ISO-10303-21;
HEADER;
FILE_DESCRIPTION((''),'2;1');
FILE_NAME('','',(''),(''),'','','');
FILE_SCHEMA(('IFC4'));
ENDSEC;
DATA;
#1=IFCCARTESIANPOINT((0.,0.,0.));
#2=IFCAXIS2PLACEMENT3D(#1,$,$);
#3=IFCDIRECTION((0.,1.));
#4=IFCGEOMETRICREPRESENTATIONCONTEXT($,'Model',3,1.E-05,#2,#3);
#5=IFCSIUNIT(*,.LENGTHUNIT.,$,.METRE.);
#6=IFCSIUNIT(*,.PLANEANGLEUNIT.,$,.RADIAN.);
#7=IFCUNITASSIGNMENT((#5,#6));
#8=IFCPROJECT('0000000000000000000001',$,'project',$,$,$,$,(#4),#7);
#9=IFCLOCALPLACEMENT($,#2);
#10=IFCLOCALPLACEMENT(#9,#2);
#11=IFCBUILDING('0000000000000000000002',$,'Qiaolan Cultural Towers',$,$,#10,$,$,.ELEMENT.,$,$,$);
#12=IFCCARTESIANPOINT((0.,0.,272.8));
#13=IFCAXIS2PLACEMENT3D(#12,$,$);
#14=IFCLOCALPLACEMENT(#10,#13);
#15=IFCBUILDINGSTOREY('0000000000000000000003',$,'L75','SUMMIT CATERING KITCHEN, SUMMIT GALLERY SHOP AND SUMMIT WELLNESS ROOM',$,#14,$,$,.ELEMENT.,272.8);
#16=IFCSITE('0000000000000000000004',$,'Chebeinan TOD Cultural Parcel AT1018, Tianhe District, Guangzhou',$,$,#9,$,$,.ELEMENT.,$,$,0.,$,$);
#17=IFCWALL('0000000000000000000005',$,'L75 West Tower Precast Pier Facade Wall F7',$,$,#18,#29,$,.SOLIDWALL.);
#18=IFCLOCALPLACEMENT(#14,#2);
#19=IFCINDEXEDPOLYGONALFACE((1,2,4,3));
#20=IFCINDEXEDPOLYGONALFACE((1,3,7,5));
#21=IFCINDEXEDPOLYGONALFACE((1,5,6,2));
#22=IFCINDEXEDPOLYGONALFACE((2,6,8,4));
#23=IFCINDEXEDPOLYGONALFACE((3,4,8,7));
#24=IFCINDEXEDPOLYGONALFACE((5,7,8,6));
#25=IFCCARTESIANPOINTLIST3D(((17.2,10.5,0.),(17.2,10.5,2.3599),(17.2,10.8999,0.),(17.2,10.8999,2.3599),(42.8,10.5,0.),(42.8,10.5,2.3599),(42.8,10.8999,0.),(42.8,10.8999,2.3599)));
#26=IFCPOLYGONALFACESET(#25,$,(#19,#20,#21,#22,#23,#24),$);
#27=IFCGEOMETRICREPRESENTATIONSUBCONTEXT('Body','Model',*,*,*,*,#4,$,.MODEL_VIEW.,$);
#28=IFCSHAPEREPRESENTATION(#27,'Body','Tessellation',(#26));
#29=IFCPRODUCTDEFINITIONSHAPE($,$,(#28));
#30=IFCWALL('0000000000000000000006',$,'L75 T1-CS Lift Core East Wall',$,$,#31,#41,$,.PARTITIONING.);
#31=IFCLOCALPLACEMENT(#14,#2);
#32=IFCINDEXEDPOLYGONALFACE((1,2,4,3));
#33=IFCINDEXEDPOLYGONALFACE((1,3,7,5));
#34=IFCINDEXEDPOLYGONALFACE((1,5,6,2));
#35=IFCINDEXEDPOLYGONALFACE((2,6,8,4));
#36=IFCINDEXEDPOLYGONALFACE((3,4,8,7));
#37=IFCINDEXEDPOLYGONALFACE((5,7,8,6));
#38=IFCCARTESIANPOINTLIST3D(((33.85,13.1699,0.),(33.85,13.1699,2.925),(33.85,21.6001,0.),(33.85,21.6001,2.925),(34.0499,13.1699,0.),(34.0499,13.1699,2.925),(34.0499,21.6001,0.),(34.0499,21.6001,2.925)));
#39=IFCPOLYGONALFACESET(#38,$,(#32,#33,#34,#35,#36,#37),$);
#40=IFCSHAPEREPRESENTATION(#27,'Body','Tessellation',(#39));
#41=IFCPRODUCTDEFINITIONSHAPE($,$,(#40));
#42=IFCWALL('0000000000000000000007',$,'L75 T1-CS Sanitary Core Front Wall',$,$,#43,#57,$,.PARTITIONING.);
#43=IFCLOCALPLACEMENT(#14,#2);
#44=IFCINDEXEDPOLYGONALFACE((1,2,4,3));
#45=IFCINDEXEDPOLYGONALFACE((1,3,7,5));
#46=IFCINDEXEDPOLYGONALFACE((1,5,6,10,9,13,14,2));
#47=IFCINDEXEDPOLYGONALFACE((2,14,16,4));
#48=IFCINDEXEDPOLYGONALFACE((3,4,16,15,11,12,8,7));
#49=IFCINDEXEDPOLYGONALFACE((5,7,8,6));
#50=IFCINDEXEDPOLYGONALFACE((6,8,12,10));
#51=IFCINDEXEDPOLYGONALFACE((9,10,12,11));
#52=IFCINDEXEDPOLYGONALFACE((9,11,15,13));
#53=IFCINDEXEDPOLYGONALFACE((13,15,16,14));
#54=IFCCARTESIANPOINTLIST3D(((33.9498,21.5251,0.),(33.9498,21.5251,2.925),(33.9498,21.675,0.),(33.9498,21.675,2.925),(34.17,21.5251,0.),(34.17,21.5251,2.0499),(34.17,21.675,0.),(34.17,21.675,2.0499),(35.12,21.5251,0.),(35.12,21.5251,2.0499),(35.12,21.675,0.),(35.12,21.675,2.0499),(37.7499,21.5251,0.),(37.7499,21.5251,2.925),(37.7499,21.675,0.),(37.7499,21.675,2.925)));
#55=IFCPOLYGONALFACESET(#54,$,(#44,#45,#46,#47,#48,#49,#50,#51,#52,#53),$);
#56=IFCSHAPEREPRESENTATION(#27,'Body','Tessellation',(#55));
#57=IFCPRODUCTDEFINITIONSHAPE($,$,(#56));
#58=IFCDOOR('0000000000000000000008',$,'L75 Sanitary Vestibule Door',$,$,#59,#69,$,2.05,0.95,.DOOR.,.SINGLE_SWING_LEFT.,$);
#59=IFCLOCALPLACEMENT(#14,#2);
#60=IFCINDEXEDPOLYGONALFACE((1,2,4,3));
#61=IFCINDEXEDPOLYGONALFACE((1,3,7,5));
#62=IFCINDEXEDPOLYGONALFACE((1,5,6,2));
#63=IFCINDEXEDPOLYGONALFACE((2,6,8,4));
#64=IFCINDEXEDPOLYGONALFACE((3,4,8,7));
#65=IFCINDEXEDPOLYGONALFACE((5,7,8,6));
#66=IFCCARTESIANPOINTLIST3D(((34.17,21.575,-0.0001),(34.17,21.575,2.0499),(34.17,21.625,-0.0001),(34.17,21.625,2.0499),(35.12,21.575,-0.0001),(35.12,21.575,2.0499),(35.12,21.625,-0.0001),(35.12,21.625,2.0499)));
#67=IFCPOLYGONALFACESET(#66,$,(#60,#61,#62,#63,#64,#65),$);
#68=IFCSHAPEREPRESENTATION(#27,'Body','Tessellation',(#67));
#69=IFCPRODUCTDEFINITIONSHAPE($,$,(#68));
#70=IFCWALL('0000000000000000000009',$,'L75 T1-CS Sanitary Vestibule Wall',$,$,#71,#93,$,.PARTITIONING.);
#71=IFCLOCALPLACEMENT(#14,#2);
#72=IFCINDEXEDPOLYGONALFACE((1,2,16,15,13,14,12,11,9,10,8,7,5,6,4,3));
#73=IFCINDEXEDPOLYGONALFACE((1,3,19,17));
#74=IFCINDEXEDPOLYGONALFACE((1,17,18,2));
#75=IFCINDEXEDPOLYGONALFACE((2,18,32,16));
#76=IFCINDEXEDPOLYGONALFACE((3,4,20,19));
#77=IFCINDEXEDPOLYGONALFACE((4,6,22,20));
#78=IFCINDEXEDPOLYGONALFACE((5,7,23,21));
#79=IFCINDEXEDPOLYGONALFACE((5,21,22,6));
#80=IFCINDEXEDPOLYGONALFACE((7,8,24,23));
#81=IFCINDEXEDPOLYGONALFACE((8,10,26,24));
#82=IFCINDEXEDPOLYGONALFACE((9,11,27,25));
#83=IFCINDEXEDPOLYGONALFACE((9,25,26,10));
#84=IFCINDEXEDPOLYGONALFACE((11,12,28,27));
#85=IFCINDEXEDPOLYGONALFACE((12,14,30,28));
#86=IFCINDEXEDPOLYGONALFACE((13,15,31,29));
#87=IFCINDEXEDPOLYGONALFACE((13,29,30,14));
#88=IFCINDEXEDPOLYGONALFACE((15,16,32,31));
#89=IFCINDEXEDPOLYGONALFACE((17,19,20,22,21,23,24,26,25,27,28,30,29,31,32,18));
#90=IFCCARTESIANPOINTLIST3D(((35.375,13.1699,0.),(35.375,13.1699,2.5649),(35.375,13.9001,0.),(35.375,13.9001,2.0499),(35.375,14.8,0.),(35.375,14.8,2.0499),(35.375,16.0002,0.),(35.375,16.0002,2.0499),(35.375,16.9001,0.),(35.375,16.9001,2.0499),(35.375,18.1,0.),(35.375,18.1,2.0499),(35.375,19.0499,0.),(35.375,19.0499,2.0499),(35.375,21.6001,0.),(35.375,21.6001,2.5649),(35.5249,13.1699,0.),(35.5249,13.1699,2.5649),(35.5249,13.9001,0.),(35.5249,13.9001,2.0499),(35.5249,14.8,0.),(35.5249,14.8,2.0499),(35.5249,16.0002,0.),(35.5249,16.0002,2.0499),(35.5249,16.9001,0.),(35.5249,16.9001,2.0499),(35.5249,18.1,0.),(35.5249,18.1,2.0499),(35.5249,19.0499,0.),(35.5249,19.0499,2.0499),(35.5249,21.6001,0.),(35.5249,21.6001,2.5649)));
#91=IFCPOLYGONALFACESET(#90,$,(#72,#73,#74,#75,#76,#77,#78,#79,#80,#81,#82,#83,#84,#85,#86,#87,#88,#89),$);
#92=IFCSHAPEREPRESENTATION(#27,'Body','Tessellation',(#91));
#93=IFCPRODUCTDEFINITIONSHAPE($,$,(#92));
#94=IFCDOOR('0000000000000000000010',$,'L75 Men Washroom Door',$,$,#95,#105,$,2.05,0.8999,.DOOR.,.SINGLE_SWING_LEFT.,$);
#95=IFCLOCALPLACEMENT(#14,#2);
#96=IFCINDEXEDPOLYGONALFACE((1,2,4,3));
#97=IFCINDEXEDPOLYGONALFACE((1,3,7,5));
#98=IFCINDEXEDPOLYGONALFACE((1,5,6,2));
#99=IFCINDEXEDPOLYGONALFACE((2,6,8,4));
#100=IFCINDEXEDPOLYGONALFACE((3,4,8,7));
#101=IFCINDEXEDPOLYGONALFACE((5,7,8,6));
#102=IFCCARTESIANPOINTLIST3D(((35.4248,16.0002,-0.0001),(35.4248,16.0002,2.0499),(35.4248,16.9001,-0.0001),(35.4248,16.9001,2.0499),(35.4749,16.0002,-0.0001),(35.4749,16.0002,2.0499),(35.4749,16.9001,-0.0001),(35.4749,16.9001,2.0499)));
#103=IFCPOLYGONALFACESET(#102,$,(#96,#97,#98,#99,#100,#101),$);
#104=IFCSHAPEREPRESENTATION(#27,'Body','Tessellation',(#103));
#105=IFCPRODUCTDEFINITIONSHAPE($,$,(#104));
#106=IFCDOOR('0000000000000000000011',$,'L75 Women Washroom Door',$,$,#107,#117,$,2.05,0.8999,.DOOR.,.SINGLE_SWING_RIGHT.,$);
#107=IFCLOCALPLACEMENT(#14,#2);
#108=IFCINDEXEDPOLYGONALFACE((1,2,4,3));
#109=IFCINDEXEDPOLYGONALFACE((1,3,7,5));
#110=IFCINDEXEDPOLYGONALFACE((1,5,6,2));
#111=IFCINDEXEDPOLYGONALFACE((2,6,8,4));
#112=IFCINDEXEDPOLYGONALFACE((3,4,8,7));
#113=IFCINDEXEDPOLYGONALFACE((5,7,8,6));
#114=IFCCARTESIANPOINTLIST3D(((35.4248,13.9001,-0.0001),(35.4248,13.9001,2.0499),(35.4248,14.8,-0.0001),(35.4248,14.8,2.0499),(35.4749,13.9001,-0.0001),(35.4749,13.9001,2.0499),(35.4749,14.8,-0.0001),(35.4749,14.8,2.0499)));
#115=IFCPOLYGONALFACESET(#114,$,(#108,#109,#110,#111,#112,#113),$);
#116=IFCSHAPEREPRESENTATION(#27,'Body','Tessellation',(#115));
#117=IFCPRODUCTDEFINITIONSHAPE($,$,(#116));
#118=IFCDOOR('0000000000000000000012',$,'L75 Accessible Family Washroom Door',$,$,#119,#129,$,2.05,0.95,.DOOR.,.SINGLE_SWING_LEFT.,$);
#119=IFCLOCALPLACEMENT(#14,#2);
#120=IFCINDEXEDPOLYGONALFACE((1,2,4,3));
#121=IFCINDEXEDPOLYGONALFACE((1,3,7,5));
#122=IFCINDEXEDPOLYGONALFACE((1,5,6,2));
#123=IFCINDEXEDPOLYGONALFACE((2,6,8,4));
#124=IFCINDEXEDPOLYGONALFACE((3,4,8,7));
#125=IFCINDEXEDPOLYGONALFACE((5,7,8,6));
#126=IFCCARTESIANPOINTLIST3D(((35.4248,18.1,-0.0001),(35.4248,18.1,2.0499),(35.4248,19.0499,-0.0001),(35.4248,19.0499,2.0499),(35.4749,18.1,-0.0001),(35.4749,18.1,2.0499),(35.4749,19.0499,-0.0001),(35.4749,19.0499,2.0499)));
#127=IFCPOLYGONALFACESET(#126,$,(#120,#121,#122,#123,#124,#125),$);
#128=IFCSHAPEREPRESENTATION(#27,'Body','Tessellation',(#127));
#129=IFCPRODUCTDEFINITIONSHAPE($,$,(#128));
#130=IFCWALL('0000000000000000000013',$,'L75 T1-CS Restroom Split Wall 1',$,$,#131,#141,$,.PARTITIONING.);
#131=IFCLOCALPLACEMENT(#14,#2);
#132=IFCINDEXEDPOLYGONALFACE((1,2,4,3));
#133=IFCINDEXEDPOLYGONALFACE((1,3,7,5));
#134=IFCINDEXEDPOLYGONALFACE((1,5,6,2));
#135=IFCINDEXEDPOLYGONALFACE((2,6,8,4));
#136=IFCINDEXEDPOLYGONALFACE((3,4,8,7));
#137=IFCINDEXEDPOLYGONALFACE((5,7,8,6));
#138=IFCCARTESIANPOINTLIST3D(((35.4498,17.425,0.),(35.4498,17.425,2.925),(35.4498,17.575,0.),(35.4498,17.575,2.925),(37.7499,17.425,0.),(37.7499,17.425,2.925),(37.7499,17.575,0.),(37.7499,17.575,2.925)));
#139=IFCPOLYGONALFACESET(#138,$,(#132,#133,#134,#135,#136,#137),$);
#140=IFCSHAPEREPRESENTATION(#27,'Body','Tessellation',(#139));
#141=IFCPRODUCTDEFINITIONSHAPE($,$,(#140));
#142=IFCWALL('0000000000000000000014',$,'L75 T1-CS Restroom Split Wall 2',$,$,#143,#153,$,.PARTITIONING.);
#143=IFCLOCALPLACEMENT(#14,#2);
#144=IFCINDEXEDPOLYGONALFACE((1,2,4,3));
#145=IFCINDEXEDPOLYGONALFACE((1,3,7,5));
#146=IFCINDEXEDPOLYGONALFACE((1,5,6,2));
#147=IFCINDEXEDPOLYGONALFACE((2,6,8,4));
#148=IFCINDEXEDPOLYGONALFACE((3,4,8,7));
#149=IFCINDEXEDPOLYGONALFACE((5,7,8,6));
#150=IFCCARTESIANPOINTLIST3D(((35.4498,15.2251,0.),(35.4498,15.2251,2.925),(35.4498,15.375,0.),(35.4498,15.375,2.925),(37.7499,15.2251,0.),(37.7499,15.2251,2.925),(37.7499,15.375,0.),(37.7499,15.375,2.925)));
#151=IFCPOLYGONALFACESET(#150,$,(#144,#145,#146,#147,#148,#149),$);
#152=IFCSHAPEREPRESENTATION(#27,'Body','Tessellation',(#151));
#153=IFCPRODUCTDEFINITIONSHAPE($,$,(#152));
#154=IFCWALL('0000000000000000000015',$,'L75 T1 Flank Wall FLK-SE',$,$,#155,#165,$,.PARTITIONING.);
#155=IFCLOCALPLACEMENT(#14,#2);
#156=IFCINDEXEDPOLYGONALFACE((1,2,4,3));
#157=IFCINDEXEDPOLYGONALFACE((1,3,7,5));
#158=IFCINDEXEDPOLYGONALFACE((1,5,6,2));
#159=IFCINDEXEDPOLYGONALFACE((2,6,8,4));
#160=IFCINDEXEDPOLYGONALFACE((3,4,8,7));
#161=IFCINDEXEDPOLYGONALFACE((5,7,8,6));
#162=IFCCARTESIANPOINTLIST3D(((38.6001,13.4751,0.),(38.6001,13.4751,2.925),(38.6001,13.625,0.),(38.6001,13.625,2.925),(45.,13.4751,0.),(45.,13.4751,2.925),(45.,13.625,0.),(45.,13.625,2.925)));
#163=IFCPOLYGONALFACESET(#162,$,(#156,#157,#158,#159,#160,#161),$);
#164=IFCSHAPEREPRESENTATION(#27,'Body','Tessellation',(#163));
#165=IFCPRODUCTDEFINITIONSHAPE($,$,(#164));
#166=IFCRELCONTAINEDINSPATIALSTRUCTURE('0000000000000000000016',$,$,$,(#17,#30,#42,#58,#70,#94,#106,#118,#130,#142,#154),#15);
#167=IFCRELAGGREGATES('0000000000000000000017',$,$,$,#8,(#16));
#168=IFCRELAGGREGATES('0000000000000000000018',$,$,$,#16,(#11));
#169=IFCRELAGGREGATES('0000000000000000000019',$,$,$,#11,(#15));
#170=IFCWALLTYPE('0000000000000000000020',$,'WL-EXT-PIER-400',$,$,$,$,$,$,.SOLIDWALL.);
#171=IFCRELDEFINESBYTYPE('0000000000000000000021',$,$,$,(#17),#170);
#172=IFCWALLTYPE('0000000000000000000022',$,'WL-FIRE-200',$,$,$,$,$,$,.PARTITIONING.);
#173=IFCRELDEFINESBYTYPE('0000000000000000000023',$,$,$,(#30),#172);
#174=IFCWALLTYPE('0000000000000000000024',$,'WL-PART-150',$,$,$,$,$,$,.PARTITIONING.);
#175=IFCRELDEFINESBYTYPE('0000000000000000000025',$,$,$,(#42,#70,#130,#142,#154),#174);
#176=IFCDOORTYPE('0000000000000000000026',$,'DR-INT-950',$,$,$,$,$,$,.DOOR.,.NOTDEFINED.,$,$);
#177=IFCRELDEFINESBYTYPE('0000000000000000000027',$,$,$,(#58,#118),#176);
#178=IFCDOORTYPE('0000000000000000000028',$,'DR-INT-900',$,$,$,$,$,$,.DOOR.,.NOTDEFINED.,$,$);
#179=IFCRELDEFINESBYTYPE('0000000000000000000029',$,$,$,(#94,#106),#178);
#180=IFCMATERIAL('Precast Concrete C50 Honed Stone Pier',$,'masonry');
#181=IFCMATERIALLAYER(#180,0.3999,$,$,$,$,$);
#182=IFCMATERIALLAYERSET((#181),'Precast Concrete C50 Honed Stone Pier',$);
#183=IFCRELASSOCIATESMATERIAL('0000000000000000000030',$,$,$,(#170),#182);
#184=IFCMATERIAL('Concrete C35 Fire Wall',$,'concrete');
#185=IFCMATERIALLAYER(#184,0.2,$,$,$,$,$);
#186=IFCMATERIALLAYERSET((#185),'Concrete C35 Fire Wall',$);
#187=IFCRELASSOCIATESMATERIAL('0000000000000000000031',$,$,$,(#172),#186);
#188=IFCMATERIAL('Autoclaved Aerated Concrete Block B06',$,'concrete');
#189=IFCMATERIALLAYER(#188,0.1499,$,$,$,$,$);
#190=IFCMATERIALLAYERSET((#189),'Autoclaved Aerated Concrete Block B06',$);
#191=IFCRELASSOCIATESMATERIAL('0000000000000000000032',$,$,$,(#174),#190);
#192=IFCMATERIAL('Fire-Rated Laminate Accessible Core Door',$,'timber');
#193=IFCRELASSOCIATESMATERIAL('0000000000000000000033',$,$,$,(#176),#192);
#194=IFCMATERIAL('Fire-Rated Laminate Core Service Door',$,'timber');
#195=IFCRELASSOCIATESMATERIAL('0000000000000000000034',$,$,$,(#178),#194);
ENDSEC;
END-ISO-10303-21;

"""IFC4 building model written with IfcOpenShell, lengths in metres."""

from ifc_helpers import new_model, si_unit, direction, frame, frame_2d, origin, place, context, subcontext, project, spatial, rectangle, extrude, material, layer, layer_set, type_object, element, fill, save


model = new_model("IFC4")

# Units and contexts
model_context = context("Model", 3, precision=1e-05, world=origin(), true_north=direction((0.0, 1.0)))
body_context = subcontext(model_context, "Body", "Model", "MODEL_VIEW")
ifc_project = project(units=[si_unit("LENGTHUNIT", "METRE"), si_unit("PLANEANGLEUNIT", "RADIAN")], contexts=[model_context])

# Site, building, storey
site_placement = place(None, origin())
site = spatial("IfcSite", under=ifc_project, at=site_placement, Name="Chebeinan TOD Cultural Parcel AT1018, Tianhe District, Guangzhou", CompositionType="ELEMENT", RefElevation=0.0)
building_placement = place(site_placement, origin())
building = spatial("IfcBuilding", under=site, at=building_placement, Name="Qiaolan Cultural Towers", CompositionType="ELEMENT")
storey_placement = place(building_placement, frame((0.0, 0.0, 272.8)))
storey = spatial("IfcBuildingStorey", under=building, at=storey_placement, Name="L75", Description="SUMMIT CATERING KITCHEN, SUMMIT GALLERY SHOP AND SUMMIT WELLNESS ROOM", CompositionType="ELEMENT", Elevation=272.8)

# Walls
ifc_material_1 = material(Name="Precast Concrete C50 Honed Stone Pier", Category="masonry")
ifc_layer_1 = layer(ifc_material_1, 0.3999)
ifc_layer_set_1 = layer_set([ifc_layer_1], Name="Precast Concrete C50 Honed Stone Pier")
wall_type_1 = type_object("IfcWallType", Name="WL-EXT-PIER-400", PredefinedType="SOLIDWALL", material=ifc_layer_set_1)
wall_1_placement = place(storey_placement, frame((42.8, 10.7, 0.0), z_axis=(0.0, 0.0, 1.0), x_axis=(-1.0, 0.0, 0.0)))
element("IfcWall", 1, at=wall_1_placement, inside=storey, type_object=wall_type_1, Name="L75 West Tower Precast Pier Facade Wall F7", PredefinedType="SOLIDWALL", context=body_context, shape_type="SweptSolid", body=[
    extrude(rectangle(XDim=25.6001, YDim=0.3999, at=frame_2d((12.8, 0.0))), origin(), (0.0, 0.0, 1.0), 2.3599),
])
ifc_material_2 = material(Name="Concrete C35 Fire Wall", Category="concrete")
ifc_layer_2 = layer(ifc_material_2, 0.2)
ifc_layer_set_2 = layer_set([ifc_layer_2], Name="Concrete C35 Fire Wall")
wall_type_2 = type_object("IfcWallType", Name="WL-FIRE-200", PredefinedType="PARTITIONING", material=ifc_layer_set_2)
wall_2_placement = place(storey_placement, frame((33.95, 21.6001, 0.0), z_axis=(0.0, 0.0, 1.0), x_axis=(0.0, -1.0, 0.0)))
element("IfcWall", 2, at=wall_2_placement, inside=storey, type_object=wall_type_2, Name="L75 T1-CS Lift Core East Wall", PredefinedType="PARTITIONING", context=body_context, shape_type="SweptSolid", body=[
    extrude(rectangle(XDim=8.4302, YDim=0.2, at=frame_2d((4.2151, 0.0))), origin(), (0.0, 0.0, 1.0), 2.925),
])

# Wall, opening, door
ifc_material_3 = material(Name="Autoclaved Aerated Concrete Block B06", Category="concrete")
ifc_layer_3 = layer(ifc_material_3, 0.1499)
ifc_layer_set_3 = layer_set([ifc_layer_3], Name="Autoclaved Aerated Concrete Block B06")
wall_type_3 = type_object("IfcWallType", Name="WL-PART-150", PredefinedType="PARTITIONING", material=ifc_layer_set_3)
wall_3_placement = place(storey_placement, frame((33.95, 21.6001, 0.0), z_axis=(0.0, 0.0, 1.0), x_axis=(1.0, 0.0, 0.0)))
wall_3 = element("IfcWall", 3, at=wall_3_placement, inside=storey, type_object=wall_type_3, Name="L75 T1-CS Sanitary Core Front Wall", PredefinedType="PARTITIONING", context=body_context, shape_type="SweptSolid", body=[
    extrude(rectangle(XDim=3.8, YDim=0.1499, at=frame_2d((1.8999, 0.0))), origin(), (0.0, 0.0, 1.0), 2.925),
])
opening_1_placement = place(wall_3_placement, frame((0.22, 0.0, 0.0)))
opening_1 = element("IfcOpeningElement", 4, at=opening_1_placement, cuts=wall_3, PredefinedType="OPENING", context=body_context, shape_type="SweptSolid", body=[
    extrude(rectangle(XDim=0.95, YDim=2.05, at=frame_2d((0.4751, 1.0249))), frame((0.0, 0.085, 0.0), z_axis=(0.0, -1.0, 0.0), x_axis=(1.0, 0.0, 0.0)), (0.0, 0.0, 1.0), 0.1699),
])
ifc_material_4 = material(Name="Fire-Rated Laminate Accessible Core Door", Category="timber")
door_type_1 = type_object("IfcDoorType", Name="DR-INT-950", OperationType="NOTDEFINED", PredefinedType="DOOR", material=ifc_material_4)
door_1_placement = place(opening_1_placement, origin())
door_1 = element("IfcDoor", 5, at=door_1_placement, inside=storey, type_object=door_type_1, Name="L75 Sanitary Vestibule Door", OperationType="SINGLE_SWING_LEFT", OverallHeight=2.05, OverallWidth=0.95, PredefinedType="DOOR", context=body_context, shape_type="SweptSolid", body=[
    extrude(rectangle(XDim=0.95, YDim=2.05, at=frame_2d((0.4751, 1.0249))), frame((0.0, 0.0249, 0.0), z_axis=(0.0, -1.0, 0.0), x_axis=(1.0, 0.0, 0.0)), (0.0, 0.0, 1.0), 0.05),
])
fill(opening_1, door_1)

# Wall, openings, doors
wall_4_placement = place(storey_placement, frame((35.45, 21.6001, 0.0), z_axis=(0.0, 0.0, 1.0), x_axis=(0.0, -1.0, 0.0)))
wall_4 = element("IfcWall", 6, at=wall_4_placement, inside=storey, type_object=wall_type_3, Name="L75 T1-CS Sanitary Vestibule Wall", PredefinedType="PARTITIONING", context=body_context, shape_type="SweptSolid", body=[
    extrude(rectangle(XDim=8.4302, YDim=0.1499, at=frame_2d((4.2151, 0.0))), origin(), (0.0, 0.0, 1.0), 2.5649),
])
opening_2_placement = place(wall_4_placement, frame((2.55, 0.0, 0.0)))
opening_2 = element("IfcOpeningElement", 7, at=opening_2_placement, cuts=wall_4, PredefinedType="OPENING", context=body_context, shape_type="SweptSolid", body=[
    extrude(rectangle(XDim=0.95, YDim=2.05, at=frame_2d((0.4751, 1.0249))), frame((0.0, 0.085, 0.0), z_axis=(0.0, -1.0, 0.0), x_axis=(1.0, 0.0, 0.0)), (0.0, 0.0, 1.0), 0.1699),
])
opening_3_placement = place(wall_4_placement, frame((4.7, 0.0, 0.0)))
opening_3 = element("IfcOpeningElement", 8, at=opening_3_placement, cuts=wall_4, PredefinedType="OPENING", context=body_context, shape_type="SweptSolid", body=[
    extrude(rectangle(XDim=0.8999, YDim=2.05, at=frame_2d((0.45, 1.0249))), frame((0.0, 0.085, 0.0), z_axis=(0.0, -1.0, 0.0), x_axis=(1.0, 0.0, 0.0)), (0.0, 0.0, 1.0), 0.1699),
])
opening_4_placement = place(wall_4_placement, frame((6.8, 0.0, 0.0)))
opening_4 = element("IfcOpeningElement", 9, at=opening_4_placement, cuts=wall_4, PredefinedType="OPENING", context=body_context, shape_type="SweptSolid", body=[
    extrude(rectangle(XDim=0.8999, YDim=2.05, at=frame_2d((0.45, 1.0249))), frame((0.0, 0.085, 0.0), z_axis=(0.0, -1.0, 0.0), x_axis=(1.0, 0.0, 0.0)), (0.0, 0.0, 1.0), 0.1699),
])
ifc_material_5 = material(Name="Fire-Rated Laminate Core Service Door", Category="timber")
door_type_2 = type_object("IfcDoorType", Name="DR-INT-900", OperationType="NOTDEFINED", PredefinedType="DOOR", material=ifc_material_5)
door_2_placement = place(opening_3_placement, origin())
door_2 = element("IfcDoor", 10, at=door_2_placement, inside=storey, type_object=door_type_2, Name="L75 Men Washroom Door", OperationType="SINGLE_SWING_LEFT", OverallHeight=2.05, OverallWidth=0.8999, PredefinedType="DOOR", context=body_context, shape_type="SweptSolid", body=[
    extrude(rectangle(XDim=0.8999, YDim=2.05, at=frame_2d((0.45, 1.0249))), frame((0.0, 0.0249, 0.0), z_axis=(0.0, -1.0, 0.0), x_axis=(1.0, 0.0, 0.0)), (0.0, 0.0, 1.0), 0.05),
])
fill(opening_3, door_2)
door_3_placement = place(opening_4_placement, origin())
door_3 = element("IfcDoor", 11, at=door_3_placement, inside=storey, type_object=door_type_2, Name="L75 Women Washroom Door", OperationType="SINGLE_SWING_RIGHT", OverallHeight=2.05, OverallWidth=0.8999, PredefinedType="DOOR", context=body_context, shape_type="SweptSolid", body=[
    extrude(rectangle(XDim=0.8999, YDim=2.05, at=frame_2d((0.45, 1.0249))), frame((0.0, 0.0249, 0.0), z_axis=(0.0, -1.0, 0.0), x_axis=(1.0, 0.0, 0.0)), (0.0, 0.0, 1.0), 0.05),
])
fill(opening_4, door_3)
door_4_placement = place(opening_2_placement, origin())
door_4 = element("IfcDoor", 12, at=door_4_placement, inside=storey, type_object=door_type_1, Name="L75 Accessible Family Washroom Door", OperationType="SINGLE_SWING_LEFT", OverallHeight=2.05, OverallWidth=0.95, PredefinedType="DOOR", context=body_context, shape_type="SweptSolid", body=[
    extrude(rectangle(XDim=0.95, YDim=2.05, at=frame_2d((0.4751, 1.0249))), frame((0.0, 0.0249, 0.0), z_axis=(0.0, -1.0, 0.0), x_axis=(1.0, 0.0, 0.0)), (0.0, 0.0, 1.0), 0.05),
])
fill(opening_2, door_4)

# Walls
for number, where, z_axis, x_axis, name in (
    (13, (35.45, 17.5, 0.0), (0.0, 0.0, 1.0), (1.0, 0.0, 0.0), "L75 T1-CS Restroom Split Wall 1"),
    (14, (35.45, 15.3, 0.0), (0.0, 0.0, 1.0), (1.0, 0.0, 0.0), "L75 T1-CS Restroom Split Wall 2"),
):
    element("IfcWall", number, at=place(storey_placement, frame(where, z_axis=z_axis, x_axis=x_axis)), inside=storey, type_object=wall_type_3, Name=name, PredefinedType="PARTITIONING", context=body_context, shape_type="SweptSolid", body=[
        extrude(rectangle(XDim=2.3, YDim=0.1499, at=frame_2d((1.1499, 0.0))), origin(), (0.0, 0.0, 1.0), 2.925),
    ])
wall_5_placement = place(storey_placement, frame((38.6001, 13.55, 0.0), z_axis=(0.0, 0.0, 1.0), x_axis=(1.0, 0.0, 0.0)))
element("IfcWall", 15, at=wall_5_placement, inside=storey, type_object=wall_type_3, Name="L75 T1 Flank Wall FLK-SE", PredefinedType="PARTITIONING", context=body_context, shape_type="SweptSolid", body=[
    extrude(rectangle(XDim=6.3999, YDim=0.1499, at=frame_2d((3.2, 0.0))), origin(), (0.0, 0.0, 1.0), 2.925),
])

save(model, "model.ifc")
